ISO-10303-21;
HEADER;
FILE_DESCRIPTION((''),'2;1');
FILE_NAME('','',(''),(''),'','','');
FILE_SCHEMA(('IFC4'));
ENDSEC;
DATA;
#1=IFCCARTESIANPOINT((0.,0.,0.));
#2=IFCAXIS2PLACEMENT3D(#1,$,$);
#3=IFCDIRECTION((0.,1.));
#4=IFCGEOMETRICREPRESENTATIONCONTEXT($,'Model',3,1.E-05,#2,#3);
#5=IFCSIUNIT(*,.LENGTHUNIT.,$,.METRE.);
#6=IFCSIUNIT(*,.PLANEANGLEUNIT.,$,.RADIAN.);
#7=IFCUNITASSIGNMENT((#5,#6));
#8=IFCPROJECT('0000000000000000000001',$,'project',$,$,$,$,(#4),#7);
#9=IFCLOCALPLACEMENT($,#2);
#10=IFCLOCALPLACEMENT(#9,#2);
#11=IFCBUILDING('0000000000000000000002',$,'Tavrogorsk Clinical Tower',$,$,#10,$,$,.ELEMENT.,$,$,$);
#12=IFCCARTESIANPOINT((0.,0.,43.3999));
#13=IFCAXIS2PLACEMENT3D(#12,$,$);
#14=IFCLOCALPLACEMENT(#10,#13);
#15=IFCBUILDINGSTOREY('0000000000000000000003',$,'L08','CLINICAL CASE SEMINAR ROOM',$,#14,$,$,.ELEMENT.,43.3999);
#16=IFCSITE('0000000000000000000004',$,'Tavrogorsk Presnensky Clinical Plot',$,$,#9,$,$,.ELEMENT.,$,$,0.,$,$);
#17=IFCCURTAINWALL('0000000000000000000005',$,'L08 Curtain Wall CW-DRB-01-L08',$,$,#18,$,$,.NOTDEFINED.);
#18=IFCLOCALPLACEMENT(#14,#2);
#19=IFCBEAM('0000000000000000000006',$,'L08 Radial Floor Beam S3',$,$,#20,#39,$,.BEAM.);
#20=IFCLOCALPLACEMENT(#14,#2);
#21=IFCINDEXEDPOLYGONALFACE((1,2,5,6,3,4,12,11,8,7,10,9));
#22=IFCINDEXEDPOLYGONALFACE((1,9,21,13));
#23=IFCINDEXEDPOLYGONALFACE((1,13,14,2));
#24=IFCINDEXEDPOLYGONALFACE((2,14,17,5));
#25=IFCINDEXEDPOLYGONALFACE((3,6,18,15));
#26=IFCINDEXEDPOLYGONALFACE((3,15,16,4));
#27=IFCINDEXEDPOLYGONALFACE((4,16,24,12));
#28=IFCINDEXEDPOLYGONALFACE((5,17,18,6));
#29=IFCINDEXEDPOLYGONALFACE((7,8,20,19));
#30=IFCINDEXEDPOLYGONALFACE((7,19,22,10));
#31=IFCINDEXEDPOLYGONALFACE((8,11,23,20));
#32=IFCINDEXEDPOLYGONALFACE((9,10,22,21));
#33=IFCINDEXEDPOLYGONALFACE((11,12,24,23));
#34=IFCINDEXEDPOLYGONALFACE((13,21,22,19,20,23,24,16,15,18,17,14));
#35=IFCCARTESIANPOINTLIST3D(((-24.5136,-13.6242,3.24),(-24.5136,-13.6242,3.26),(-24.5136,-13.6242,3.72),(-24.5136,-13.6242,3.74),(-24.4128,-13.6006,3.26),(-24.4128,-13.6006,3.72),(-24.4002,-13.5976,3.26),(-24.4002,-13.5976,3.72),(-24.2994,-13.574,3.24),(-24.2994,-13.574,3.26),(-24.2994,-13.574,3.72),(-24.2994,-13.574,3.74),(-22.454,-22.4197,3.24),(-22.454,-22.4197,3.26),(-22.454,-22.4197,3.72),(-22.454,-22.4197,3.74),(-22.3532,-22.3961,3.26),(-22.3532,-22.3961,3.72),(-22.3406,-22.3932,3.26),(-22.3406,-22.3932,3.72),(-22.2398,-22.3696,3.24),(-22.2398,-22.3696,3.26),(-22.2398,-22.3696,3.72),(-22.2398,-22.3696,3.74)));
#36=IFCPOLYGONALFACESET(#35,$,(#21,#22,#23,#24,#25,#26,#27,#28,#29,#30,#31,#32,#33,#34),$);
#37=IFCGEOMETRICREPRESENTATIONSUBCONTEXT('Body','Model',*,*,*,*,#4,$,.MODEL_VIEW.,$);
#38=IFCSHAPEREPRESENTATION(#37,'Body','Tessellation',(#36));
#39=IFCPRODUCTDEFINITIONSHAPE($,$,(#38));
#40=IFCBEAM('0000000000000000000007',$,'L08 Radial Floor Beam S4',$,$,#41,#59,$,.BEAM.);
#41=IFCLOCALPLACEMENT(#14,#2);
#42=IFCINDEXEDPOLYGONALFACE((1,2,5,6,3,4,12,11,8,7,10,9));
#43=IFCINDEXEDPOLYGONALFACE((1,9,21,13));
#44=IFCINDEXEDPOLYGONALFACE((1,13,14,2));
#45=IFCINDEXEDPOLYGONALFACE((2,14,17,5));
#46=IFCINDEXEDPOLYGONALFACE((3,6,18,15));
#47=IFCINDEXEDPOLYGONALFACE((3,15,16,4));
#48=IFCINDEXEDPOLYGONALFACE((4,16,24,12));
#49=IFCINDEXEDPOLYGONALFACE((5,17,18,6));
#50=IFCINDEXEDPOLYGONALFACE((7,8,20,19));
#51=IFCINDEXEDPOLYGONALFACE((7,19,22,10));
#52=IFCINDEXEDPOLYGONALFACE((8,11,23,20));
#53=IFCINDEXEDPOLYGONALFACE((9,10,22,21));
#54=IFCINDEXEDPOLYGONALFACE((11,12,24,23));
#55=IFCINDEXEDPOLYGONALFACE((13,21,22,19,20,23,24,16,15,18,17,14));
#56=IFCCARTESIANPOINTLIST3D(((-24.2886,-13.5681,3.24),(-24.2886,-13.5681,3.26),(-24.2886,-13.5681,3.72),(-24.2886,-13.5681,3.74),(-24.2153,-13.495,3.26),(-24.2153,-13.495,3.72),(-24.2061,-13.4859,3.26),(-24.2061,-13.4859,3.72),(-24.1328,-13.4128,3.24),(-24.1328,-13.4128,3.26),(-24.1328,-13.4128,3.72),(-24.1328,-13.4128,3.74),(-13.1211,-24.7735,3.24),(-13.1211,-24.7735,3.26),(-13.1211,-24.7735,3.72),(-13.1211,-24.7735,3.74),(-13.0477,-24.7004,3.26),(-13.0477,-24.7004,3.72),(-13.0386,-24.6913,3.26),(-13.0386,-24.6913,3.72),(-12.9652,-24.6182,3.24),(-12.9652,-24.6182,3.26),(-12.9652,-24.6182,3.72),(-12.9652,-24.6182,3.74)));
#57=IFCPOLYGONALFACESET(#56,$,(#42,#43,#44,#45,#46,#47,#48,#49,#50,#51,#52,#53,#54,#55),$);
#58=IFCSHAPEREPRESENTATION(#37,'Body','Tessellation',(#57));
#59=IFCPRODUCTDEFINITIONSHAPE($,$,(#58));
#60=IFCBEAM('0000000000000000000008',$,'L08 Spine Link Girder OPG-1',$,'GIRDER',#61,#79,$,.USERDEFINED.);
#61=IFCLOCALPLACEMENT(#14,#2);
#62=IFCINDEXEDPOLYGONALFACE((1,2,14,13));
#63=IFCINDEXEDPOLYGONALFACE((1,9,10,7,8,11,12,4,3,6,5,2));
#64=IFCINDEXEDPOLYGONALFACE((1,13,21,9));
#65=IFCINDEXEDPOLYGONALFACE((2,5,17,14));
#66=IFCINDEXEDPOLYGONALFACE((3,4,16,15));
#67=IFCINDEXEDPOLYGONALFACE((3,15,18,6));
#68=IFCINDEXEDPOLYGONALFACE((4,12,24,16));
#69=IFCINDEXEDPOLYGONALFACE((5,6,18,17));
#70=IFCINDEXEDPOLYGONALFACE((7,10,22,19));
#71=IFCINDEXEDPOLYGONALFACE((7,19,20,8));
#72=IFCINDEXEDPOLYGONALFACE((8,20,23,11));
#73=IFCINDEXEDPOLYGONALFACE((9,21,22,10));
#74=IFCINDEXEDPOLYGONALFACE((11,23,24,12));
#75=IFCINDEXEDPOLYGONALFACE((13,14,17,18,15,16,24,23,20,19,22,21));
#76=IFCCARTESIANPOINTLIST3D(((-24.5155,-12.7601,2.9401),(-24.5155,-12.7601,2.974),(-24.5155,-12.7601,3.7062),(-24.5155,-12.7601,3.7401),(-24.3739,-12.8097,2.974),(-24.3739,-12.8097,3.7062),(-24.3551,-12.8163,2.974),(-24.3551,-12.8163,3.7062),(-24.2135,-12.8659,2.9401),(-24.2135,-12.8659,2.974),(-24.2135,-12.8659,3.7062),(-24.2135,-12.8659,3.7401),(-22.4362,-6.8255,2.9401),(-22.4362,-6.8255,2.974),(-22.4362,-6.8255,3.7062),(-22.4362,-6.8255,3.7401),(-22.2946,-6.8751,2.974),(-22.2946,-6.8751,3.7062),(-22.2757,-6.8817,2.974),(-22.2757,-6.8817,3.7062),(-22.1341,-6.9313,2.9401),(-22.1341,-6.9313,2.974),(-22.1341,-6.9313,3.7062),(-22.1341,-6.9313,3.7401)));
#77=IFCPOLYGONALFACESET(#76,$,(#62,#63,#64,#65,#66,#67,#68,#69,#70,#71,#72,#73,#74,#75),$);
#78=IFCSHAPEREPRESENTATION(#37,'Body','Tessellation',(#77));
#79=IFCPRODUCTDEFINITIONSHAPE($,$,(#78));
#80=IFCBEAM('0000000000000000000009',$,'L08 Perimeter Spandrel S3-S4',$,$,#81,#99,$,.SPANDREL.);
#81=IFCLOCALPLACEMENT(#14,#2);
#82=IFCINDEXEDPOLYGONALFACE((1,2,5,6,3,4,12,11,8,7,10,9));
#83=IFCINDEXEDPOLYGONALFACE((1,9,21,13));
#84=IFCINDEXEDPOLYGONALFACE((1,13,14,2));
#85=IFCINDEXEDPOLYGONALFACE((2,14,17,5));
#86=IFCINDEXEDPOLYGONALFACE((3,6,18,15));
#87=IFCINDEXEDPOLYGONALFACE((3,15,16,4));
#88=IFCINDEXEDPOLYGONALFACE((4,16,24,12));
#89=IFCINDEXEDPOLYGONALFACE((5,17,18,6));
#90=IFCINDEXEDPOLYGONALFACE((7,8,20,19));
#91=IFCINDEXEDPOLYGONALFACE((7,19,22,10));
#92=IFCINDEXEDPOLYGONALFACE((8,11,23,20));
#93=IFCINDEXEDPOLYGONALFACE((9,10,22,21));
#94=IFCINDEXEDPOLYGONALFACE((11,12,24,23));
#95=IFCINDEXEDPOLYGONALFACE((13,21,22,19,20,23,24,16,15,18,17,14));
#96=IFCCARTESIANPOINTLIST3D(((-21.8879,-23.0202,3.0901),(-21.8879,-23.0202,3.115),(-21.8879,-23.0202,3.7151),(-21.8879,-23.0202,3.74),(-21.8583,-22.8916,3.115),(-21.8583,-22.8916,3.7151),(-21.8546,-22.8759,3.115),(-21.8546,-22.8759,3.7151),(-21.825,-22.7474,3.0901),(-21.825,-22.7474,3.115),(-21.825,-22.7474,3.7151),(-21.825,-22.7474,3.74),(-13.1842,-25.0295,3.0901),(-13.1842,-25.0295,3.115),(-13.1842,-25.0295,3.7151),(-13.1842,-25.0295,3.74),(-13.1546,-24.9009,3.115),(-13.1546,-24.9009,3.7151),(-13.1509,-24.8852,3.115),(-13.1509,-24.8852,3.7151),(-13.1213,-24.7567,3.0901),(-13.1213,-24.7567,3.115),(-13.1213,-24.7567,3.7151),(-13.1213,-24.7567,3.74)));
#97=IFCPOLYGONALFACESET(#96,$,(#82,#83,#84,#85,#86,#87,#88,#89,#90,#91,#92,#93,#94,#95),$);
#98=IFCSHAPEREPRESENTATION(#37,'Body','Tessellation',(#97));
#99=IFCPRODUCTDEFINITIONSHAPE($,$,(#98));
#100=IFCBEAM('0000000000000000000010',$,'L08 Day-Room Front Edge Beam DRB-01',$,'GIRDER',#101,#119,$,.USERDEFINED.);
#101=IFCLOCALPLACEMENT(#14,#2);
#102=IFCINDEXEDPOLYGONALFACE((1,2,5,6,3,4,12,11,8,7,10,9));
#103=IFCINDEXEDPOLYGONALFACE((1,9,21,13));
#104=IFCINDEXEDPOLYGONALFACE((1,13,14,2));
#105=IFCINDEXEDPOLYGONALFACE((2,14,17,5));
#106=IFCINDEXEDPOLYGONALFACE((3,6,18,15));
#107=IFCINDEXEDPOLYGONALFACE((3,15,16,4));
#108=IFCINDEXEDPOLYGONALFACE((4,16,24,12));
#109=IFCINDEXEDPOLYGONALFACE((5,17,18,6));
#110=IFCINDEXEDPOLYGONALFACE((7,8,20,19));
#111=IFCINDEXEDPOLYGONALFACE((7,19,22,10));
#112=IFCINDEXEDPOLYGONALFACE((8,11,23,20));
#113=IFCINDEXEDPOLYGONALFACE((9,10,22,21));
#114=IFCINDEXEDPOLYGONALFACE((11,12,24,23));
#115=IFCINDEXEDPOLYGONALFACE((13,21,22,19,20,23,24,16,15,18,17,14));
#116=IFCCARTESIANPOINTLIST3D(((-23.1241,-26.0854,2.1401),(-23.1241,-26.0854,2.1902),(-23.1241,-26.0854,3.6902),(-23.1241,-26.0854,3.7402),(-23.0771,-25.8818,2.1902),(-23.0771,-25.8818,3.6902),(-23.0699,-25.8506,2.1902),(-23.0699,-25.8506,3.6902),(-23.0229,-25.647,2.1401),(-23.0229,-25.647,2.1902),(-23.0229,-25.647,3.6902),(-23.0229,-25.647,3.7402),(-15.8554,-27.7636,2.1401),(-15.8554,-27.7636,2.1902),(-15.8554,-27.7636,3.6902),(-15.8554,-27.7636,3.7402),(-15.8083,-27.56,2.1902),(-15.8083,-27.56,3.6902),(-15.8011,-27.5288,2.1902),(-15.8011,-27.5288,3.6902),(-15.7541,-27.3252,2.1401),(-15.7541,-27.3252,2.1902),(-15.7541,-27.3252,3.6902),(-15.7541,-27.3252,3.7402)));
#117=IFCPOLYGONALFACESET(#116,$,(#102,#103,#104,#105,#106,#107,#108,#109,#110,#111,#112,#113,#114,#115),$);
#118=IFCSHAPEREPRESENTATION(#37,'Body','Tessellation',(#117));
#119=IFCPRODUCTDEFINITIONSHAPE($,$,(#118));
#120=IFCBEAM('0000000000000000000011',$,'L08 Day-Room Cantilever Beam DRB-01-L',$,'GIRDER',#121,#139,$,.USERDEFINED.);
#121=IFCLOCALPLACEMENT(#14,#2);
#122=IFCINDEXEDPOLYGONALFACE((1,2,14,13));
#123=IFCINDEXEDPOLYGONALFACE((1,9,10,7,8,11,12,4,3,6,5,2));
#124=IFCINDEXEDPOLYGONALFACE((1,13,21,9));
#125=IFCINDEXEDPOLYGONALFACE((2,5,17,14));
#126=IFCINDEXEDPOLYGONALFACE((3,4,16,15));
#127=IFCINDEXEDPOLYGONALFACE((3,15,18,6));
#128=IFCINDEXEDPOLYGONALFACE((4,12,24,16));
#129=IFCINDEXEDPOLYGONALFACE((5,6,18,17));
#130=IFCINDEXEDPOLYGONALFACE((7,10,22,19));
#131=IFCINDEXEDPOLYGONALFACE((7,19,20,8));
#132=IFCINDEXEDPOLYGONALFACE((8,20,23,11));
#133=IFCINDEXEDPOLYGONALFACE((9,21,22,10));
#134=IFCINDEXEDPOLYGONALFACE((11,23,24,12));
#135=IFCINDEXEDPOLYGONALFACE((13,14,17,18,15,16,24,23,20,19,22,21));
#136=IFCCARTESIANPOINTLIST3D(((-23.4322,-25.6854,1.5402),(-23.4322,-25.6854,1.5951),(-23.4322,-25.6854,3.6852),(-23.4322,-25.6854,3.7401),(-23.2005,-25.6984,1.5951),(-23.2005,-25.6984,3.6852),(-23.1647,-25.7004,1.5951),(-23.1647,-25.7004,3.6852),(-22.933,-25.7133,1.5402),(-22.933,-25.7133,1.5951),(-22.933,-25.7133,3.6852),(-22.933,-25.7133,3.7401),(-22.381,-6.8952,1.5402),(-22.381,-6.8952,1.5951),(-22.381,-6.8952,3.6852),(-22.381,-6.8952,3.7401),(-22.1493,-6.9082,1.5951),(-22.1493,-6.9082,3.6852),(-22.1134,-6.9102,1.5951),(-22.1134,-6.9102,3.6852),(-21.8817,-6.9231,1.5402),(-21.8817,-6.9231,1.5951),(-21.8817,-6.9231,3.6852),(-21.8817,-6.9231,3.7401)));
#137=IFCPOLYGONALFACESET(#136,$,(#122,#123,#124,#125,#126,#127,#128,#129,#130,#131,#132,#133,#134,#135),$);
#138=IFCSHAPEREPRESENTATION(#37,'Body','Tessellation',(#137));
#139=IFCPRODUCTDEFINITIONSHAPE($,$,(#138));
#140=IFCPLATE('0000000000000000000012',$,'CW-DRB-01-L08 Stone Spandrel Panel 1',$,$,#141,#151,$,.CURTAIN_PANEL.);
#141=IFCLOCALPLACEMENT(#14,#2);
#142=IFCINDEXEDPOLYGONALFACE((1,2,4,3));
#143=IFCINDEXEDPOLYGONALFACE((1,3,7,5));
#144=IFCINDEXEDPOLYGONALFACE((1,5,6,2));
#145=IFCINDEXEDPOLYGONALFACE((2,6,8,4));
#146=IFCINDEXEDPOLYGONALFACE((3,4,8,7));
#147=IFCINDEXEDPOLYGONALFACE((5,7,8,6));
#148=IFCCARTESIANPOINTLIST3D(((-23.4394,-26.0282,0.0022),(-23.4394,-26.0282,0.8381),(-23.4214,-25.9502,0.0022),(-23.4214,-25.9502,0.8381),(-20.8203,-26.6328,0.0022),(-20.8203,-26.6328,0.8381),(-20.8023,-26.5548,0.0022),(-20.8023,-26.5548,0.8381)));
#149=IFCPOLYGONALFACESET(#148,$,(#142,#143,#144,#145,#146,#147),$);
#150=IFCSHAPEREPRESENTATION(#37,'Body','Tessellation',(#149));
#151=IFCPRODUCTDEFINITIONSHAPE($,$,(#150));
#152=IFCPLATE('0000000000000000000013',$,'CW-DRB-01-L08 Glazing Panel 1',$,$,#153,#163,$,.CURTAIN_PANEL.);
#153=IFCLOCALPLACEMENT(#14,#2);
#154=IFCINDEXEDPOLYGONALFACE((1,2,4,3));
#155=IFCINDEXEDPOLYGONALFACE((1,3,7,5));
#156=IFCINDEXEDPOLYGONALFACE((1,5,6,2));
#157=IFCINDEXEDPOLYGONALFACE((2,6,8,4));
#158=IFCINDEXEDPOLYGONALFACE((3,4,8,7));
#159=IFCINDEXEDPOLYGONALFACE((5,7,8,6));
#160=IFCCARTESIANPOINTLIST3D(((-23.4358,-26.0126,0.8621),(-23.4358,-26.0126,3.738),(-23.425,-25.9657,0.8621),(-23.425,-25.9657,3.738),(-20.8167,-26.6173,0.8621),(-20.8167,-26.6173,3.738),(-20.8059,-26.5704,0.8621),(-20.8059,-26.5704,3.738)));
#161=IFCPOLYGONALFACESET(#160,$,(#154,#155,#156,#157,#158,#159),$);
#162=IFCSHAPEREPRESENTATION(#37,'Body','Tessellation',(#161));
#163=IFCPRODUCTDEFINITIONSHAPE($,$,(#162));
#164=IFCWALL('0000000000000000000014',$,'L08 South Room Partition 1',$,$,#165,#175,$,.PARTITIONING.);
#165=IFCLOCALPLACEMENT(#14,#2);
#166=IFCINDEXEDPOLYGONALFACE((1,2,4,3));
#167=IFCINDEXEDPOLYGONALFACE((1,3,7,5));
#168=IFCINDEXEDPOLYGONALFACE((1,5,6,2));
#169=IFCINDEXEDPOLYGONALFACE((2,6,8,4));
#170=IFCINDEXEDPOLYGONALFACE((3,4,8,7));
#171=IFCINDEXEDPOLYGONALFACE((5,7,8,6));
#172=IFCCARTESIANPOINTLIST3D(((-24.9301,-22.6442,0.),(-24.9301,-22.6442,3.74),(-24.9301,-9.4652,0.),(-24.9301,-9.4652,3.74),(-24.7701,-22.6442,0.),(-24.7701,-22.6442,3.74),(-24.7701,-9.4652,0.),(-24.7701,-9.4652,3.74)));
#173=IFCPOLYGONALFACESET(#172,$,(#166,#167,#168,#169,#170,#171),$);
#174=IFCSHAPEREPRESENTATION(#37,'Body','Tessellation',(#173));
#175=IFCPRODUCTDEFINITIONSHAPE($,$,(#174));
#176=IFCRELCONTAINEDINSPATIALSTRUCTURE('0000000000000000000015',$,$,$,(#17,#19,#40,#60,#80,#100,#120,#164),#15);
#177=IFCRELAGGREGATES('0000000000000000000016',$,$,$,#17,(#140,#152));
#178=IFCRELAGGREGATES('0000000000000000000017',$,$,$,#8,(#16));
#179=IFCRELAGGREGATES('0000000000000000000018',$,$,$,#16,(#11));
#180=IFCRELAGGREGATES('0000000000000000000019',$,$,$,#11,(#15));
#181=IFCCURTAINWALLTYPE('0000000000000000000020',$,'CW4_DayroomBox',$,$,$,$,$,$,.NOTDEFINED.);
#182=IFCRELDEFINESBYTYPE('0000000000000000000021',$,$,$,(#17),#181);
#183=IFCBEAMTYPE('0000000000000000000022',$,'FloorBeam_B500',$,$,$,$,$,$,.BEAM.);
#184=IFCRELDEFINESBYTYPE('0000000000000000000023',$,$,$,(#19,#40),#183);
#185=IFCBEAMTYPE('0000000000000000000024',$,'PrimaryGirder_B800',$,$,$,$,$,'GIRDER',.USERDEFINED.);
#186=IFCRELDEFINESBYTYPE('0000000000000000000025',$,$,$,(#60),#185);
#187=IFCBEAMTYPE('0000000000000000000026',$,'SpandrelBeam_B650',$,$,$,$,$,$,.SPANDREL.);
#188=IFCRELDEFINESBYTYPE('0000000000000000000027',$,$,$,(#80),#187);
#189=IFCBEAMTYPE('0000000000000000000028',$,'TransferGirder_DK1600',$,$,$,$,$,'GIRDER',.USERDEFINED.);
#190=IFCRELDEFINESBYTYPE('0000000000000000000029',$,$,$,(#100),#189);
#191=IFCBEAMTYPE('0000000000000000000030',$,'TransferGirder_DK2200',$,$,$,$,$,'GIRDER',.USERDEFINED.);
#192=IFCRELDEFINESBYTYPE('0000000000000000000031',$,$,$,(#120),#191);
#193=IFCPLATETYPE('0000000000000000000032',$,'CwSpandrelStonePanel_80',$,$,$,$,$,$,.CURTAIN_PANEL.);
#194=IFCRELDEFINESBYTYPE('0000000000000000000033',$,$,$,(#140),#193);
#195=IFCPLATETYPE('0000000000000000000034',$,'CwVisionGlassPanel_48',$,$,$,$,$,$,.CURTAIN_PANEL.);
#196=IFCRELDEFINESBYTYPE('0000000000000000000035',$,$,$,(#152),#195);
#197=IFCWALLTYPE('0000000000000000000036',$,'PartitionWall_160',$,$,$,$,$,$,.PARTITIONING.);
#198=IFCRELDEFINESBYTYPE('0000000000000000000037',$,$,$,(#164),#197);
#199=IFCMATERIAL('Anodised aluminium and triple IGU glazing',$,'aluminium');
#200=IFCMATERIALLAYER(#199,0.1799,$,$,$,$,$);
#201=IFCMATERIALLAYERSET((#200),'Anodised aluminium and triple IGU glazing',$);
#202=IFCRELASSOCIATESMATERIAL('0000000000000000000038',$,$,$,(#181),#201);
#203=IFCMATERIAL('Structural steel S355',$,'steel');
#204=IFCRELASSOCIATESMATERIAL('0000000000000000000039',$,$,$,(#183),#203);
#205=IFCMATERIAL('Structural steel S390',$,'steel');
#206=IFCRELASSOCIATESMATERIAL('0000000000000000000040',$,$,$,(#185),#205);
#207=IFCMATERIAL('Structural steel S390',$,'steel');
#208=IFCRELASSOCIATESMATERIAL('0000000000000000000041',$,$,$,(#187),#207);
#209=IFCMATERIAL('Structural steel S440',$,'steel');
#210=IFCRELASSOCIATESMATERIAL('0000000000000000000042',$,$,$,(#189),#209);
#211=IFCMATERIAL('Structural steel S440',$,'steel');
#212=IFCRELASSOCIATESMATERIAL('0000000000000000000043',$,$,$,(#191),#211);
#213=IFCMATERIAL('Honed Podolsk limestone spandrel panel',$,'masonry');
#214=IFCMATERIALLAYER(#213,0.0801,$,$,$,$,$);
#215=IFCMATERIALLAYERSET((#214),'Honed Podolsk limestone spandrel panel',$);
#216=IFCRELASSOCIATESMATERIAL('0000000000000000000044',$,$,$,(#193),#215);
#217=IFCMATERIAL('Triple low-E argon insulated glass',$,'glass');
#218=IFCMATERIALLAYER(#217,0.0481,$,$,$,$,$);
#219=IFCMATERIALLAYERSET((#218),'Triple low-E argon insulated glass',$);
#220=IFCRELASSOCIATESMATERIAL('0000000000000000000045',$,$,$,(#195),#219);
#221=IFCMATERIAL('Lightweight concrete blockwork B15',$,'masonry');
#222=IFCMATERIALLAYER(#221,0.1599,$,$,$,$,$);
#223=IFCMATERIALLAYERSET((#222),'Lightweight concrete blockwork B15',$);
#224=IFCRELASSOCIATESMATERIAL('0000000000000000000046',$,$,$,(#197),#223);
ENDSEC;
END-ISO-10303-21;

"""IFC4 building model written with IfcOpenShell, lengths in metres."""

from ifc_helpers import new_model, si_unit, direction, frame, frame_2d, origin, origin_2d, place, context, subcontext, project, spatial, rectangle, i_section, extrude, material, layer, layer_set, material_profile, profile_set, type_object, element, aggregate, save


model = new_model("IFC4")

# Units and contexts
model_context = context("Model", 3, precision=1e-05, world=origin(), true_north=direction((0.0, 1.0)))
body_context = subcontext(model_context, "Body", "Model", "MODEL_VIEW")
ifc_project = project(units=[si_unit("LENGTHUNIT", "METRE"), si_unit("PLANEANGLEUNIT", "RADIAN")], contexts=[model_context])

# Site, building, storey
site_placement = place(None, origin())
site = spatial("IfcSite", under=ifc_project, at=site_placement, Name="Tavrogorsk Presnensky Clinical Plot", CompositionType="ELEMENT", RefElevation=0.0)
building_placement = place(site_placement, origin())
building = spatial("IfcBuilding", under=site, at=building_placement, Name="Tavrogorsk Clinical Tower", CompositionType="ELEMENT")
storey_placement = place(building_placement, frame((0.0, 0.0, 43.3999)))
storey = spatial("IfcBuildingStorey", under=building, at=storey_placement, Name="L08", Description="CLINICAL CASE SEMINAR ROOM", CompositionType="ELEMENT", Elevation=43.3999)

# Curtain wall
ifc_material_1 = material(Name="Anodised aluminium and triple IGU glazing", Category="aluminium")
ifc_layer_1 = layer(ifc_material_1, 0.1799)
ifc_layer_set_1 = layer_set([ifc_layer_1], Name="Anodised aluminium and triple IGU glazing")
curtain_wall_type = type_object("IfcCurtainWallType", Name="CW4_DayroomBox", PredefinedType="NOTDEFINED", material=ifc_layer_set_1)
curtain_wall_placement = place(storey_placement, origin())
curtain_wall = element("IfcCurtainWall", 1, at=curtain_wall_placement, inside=storey, type_object=curtain_wall_type, Name="L08 Curtain Wall CW-DRB-01-L08", PredefinedType="NOTDEFINED")

# Beams
ifc_material_2 = material(Name="Structural steel S355", Category="steel")
ifc_material_profile_1 = material_profile(ifc_material_2, i_section(OverallWidth=0.22, OverallDepth=0.5, WebThickness=0.0129, FlangeThickness=0.02, at=origin_2d()), Name="B-500x220x13x20")
ifc_profile_set_1 = profile_set([ifc_material_profile_1], Name="Structural steel S355")
beam_type_1 = type_object("IfcBeamType", Name="FloorBeam_B500", PredefinedType="BEAM", material=ifc_profile_set_1)
beam_1_placement = place(storey_placement, frame((-24.4065, -13.5991, 3.49), z_axis=(0.227997, -0.973662, 0.0), x_axis=(0.973662, 0.227997, 0.0)))
element("IfcBeam", 2, at=beam_1_placement, inside=storey, type_object=beam_type_1, Name="L08 Radial Floor Beam S3", PredefinedType="BEAM", context=body_context, shape_type="SweptSolid", body=[
    extrude(i_section(OverallWidth=0.22, OverallDepth=0.5, WebThickness=0.0129, FlangeThickness=0.02, at=origin_2d()), origin(), (0.0, 0.0, 1.0), 9.0334),
])
beam_2_placement = place(storey_placement, frame((-24.2107, -13.4905, 3.49), z_axis=(0.70591, -0.708302, 0.0), x_axis=(0.708302, 0.70591, 0.0)))
element("IfcBeam", 3, at=beam_2_placement, inside=storey, type_object=beam_type_1, Name="L08 Radial Floor Beam S4", PredefinedType="BEAM", context=body_context, shape_type="SweptSolid", body=[
    extrude(i_section(OverallWidth=0.22, OverallDepth=0.5, WebThickness=0.0129, FlangeThickness=0.02, at=origin_2d()), origin(), (0.0, 0.0, 1.0), 15.8201),
])
ifc_material_3 = material(Name="Structural steel S390", Category="steel")
ifc_material_profile_2 = material_profile(ifc_material_3, i_section(OverallWidth=0.3201, OverallDepth=0.8, WebThickness=0.02, FlangeThickness=0.0339, at=origin_2d()), Name="B-800x320x20x34")
ifc_profile_set_2 = profile_set([ifc_material_profile_2], Name="Structural steel S390")
beam_type_2 = type_object("IfcBeamType", Name="PrimaryGirder_B800", ElementType="GIRDER", PredefinedType="USERDEFINED", material=ifc_profile_set_2)
beam_3_placement = place(storey_placement, frame((-24.3645, -12.813, 3.3401), z_axis=(0.330669, 0.943747, 0.0), x_axis=(-0.943747, 0.330669, 0.0)))
element("IfcBeam", 4, at=beam_3_placement, inside=storey, type_object=beam_type_2, Name="L08 Spine Link Girder OPG-1", ObjectType="GIRDER", PredefinedType="USERDEFINED", context=body_context, shape_type="SweptSolid", body=[
    extrude(i_section(OverallWidth=0.3201, OverallDepth=0.8, WebThickness=0.02, FlangeThickness=0.0339, at=origin_2d()), origin(), (0.0, 0.0, 1.0), 6.2883),
])
ifc_material_4 = material(Name="Structural steel S390", Category="steel")
ifc_material_profile_3 = material_profile(ifc_material_4, i_section(OverallWidth=0.28, OverallDepth=0.6499, WebThickness=0.0161, FlangeThickness=0.0249, at=origin_2d()), Name="B-650x280x16x25")
ifc_profile_set_3 = profile_set([ifc_material_profile_3], Name="Structural steel S390")
beam_type_3 = type_object("IfcBeamType", Name="SpandrelBeam_B650", PredefinedType="SPANDREL", material=ifc_profile_set_3)
beam_4_placement = place(storey_placement, frame((-21.8564, -22.8838, 3.415), z_axis=(0.974373, -0.224939, 0.0), x_axis=(0.224939, 0.974373, 0.0)))
element("IfcBeam", 5, at=beam_4_placement, inside=storey, type_object=beam_type_3, Name="L08 Perimeter Spandrel S3-S4", PredefinedType="SPANDREL", context=body_context, shape_type="SweptSolid", body=[
    extrude(i_section(OverallWidth=0.28, OverallDepth=0.6499, WebThickness=0.0161, FlangeThickness=0.0249, at=origin_2d()), origin(), (0.0, 0.0, 1.0), 8.9326),
])
ifc_material_5 = material(Name="Structural steel S440", Category="steel")
ifc_material_profile_4 = material_profile(ifc_material_5, i_section(OverallWidth=0.45, OverallDepth=1.6001, WebThickness=0.032, FlangeThickness=0.05, at=origin_2d()), Name="DK-1600x450x32x50")
ifc_profile_set_4 = profile_set([ifc_material_profile_4], Name="Structural steel S440")
beam_type_4 = type_object("IfcBeamType", Name="TransferGirder_DK1600", ElementType="GIRDER", PredefinedType="USERDEFINED", material=ifc_profile_set_4)
beam_5_placement = place(storey_placement, frame((-23.0735, -25.8662, 2.9402), z_axis=(0.974367, -0.224962, 0.0), x_axis=(0.224962, 0.974367, 0.0)))
element("IfcBeam", 6, at=beam_5_placement, inside=storey, type_object=beam_type_4, Name="L08 Day-Room Front Edge Beam DRB-01", ObjectType="GIRDER", PredefinedType="USERDEFINED", context=body_context, shape_type="SweptSolid", body=[
    extrude(i_section(OverallWidth=0.45, OverallDepth=1.6001, WebThickness=0.032, FlangeThickness=0.05, at=origin_2d()), origin(), (0.0, 0.0, 1.0), 7.46),
])
ifc_material_6 = material(Name="Structural steel S440", Category="steel")
ifc_material_profile_5 = material_profile(ifc_material_6, i_section(OverallWidth=0.5, OverallDepth=2.2, WebThickness=0.0359, FlangeThickness=0.0549, at=origin_2d()), Name="DK-2200x500x36x55")
ifc_profile_set_5 = profile_set([ifc_material_profile_5], Name="Structural steel S440")
beam_type_5 = type_object("IfcBeamType", Name="TransferGirder_DK2200", ElementType="GIRDER", PredefinedType="USERDEFINED", material=ifc_profile_set_5)
beam_6_placement = place(storey_placement, frame((-22.1313, -6.9092, 2.6401), z_axis=(-0.05586, -0.998439, 0.0), x_axis=(0.998439, -0.05586, 0.0)))
element("IfcBeam", 7, at=beam_6_placement, inside=storey, type_object=beam_type_5, Name="L08 Day-Room Cantilever Beam DRB-01-L", ObjectType="GIRDER", PredefinedType="USERDEFINED", context=body_context, shape_type="SweptSolid", body=[
    extrude(i_section(OverallWidth=0.5, OverallDepth=2.2, WebThickness=0.0359, FlangeThickness=0.0549, at=origin_2d()), origin(), (0.0, 0.0, 1.0), 18.8196),
])

# Plates
ifc_material_7 = material(Name="Honed Podolsk limestone spandrel panel", Category="masonry")
ifc_layer_2 = layer(ifc_material_7, 0.0801)
ifc_layer_set_2 = layer_set([ifc_layer_2], Name="Honed Podolsk limestone spandrel panel")
plate_type_1 = type_object("IfcPlateType", Name="CwSpandrelStonePanel_80", PredefinedType="CURTAIN_PANEL", material=ifc_layer_set_2)
plate_1_placement = place(storey_placement, frame((-22.1208, -26.2915, 0.0022), z_axis=(0.0, 0.0, 1.0), x_axis=(0.97437, -0.224951, 0.0)))
plate_1 = element("IfcPlate", 8, at=plate_1_placement, type_object=plate_type_1, Name="CW-DRB-01-L08 Stone Spandrel Panel 1", PredefinedType="CURTAIN_PANEL", context=body_context, shape_type="SweptSolid", body=[
    extrude(rectangle(XDim=2.688, YDim=0.0801, at=origin_2d()), origin(), (0.0, 0.0, 1.0), 0.8359),
])
ifc_material_8 = material(Name="Triple low-E argon insulated glass", Category="glass")
ifc_layer_3 = layer(ifc_material_8, 0.0481)
ifc_layer_set_3 = layer_set([ifc_layer_3], Name="Triple low-E argon insulated glass")
plate_type_2 = type_object("IfcPlateType", Name="CwVisionGlassPanel_48", PredefinedType="CURTAIN_PANEL", material=ifc_layer_set_3)
plate_2_placement = place(storey_placement, frame((-22.1208, -26.2915, 0.8621), z_axis=(0.0, 0.0, 1.0), x_axis=(0.97437, -0.224951, 0.0)))
plate_2 = element("IfcPlate", 9, at=plate_2_placement, type_object=plate_type_2, Name="CW-DRB-01-L08 Glazing Panel 1", PredefinedType="CURTAIN_PANEL", context=body_context, shape_type="SweptSolid", body=[
    extrude(rectangle(XDim=2.688, YDim=0.0481, at=origin_2d()), origin(), (0.0, 0.0, 1.0), 2.876),
])
aggregate(curtain_wall, [plate_1, plate_2])

# Wall
ifc_material_9 = material(Name="Lightweight concrete blockwork B15", Category="masonry")
ifc_layer_4 = layer(ifc_material_9, 0.1599)
ifc_layer_set_4 = layer_set([ifc_layer_4], Name="Lightweight concrete blockwork B15")
wall_type_1 = type_object("IfcWallType", Name="PartitionWall_160", PredefinedType="PARTITIONING", material=ifc_layer_set_4)
wall_1_placement = place(storey_placement, frame((-24.8501, -22.644, 0.0), z_axis=(0.0, 0.0, 1.0), x_axis=(0.0, 1.0, 0.0)))
element("IfcWall", 10, at=wall_1_placement, inside=storey, type_object=wall_type_1, Name="L08 South Room Partition 1", PredefinedType="PARTITIONING", context=body_context, shape_type="SweptSolid", body=[
    extrude(rectangle(XDim=13.179, YDim=0.1599, at=frame_2d((6.5894, 0.0))), origin(), (0.0, 0.0, 1.0), 3.74),
])

save(model, "model.ifc")
